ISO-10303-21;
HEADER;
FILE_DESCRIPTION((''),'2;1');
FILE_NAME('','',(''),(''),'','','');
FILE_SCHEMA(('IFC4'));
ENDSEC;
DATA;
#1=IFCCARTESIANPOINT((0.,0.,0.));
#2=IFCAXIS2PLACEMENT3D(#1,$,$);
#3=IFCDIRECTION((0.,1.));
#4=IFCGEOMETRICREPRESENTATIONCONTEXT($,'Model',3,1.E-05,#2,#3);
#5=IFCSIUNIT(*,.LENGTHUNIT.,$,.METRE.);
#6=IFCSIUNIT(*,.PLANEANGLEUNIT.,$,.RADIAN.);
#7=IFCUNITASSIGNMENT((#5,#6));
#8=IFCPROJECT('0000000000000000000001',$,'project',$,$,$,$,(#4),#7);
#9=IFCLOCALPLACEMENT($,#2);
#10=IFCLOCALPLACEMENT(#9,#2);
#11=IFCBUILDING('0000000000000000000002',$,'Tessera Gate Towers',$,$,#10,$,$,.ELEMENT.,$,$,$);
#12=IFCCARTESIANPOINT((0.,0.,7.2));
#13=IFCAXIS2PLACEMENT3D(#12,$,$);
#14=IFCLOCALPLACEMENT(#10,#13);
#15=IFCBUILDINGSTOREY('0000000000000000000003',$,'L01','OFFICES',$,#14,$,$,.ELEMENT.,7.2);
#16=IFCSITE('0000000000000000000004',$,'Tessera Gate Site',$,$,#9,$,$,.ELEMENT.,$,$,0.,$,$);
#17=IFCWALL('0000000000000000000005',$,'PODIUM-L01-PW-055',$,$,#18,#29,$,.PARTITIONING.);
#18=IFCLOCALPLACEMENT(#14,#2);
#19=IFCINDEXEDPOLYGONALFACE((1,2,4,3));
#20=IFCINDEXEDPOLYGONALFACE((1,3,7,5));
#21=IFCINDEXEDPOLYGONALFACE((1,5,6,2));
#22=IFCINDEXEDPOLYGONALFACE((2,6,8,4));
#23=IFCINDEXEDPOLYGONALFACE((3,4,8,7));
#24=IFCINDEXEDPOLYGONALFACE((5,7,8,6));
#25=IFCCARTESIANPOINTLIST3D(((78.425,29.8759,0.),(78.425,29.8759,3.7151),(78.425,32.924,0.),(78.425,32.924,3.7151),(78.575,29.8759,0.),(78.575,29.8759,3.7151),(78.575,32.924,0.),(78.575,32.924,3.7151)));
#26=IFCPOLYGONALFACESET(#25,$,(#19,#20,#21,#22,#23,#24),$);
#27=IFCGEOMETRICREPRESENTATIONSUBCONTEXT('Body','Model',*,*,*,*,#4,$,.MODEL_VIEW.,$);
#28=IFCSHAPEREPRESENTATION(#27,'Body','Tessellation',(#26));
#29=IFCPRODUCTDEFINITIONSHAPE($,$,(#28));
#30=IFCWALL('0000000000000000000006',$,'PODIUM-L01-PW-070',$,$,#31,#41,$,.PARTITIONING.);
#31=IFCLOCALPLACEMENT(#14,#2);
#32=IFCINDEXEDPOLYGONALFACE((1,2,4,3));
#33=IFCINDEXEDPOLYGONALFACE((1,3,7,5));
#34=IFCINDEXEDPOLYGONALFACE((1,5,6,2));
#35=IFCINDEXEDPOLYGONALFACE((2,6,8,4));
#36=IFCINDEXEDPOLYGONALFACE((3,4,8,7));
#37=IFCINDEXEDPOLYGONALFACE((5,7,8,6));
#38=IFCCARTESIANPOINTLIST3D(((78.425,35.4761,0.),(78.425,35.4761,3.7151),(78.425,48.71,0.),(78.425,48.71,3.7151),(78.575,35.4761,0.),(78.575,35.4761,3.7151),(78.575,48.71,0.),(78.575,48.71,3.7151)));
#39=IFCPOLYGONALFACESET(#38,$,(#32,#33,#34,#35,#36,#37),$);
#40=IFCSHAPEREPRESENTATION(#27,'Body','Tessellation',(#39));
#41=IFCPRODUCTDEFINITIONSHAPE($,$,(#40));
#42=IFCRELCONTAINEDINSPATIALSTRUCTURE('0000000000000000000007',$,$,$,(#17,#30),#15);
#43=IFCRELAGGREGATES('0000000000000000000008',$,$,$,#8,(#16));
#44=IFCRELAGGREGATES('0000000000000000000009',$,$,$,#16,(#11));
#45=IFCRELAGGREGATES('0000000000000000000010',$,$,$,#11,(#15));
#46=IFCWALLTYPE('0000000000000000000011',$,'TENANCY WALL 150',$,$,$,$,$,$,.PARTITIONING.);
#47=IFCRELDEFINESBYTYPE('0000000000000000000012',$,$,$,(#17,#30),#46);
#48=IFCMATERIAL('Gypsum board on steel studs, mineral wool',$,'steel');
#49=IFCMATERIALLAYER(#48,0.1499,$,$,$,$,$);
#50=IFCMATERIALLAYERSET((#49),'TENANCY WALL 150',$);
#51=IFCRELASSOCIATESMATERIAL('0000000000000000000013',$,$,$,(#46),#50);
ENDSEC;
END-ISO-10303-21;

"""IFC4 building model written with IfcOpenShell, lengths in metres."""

from ifc_helpers import new_model, si_unit, direction, frame, frame_2d, origin, place, context, subcontext, project, spatial, rectangle, extrude, material, layer, layer_set, type_object, element, save


model = new_model("IFC4")

# Units and contexts
model_context = context("Model", 3, precision=1e-05, world=origin(), true_north=direction((0.0, 1.0)))
body_context = subcontext(model_context, "Body", "Model", "MODEL_VIEW")
ifc_project = project(units=[si_unit("LENGTHUNIT", "METRE"), si_unit("PLANEANGLEUNIT", "RADIAN")], contexts=[model_context])

# Site, building, storey
site_placement = place(None, origin())
site = spatial("IfcSite", under=ifc_project, at=site_placement, Name="Tessera Gate Site", CompositionType="ELEMENT", RefElevation=0.0)
building_placement = place(site_placement, origin())
building = spatial("IfcBuilding", under=site, at=building_placement, Name="Tessera Gate Towers", CompositionType="ELEMENT")
storey_placement = place(building_placement, frame((0.0, 0.0, 7.2)))
storey = spatial("IfcBuildingStorey", under=building, at=storey_placement, Name="L01", Description="OFFICES", CompositionType="ELEMENT", Elevation=7.2)

# Shared definitions
ifc_material_1 = material(Name="Gypsum board on steel studs, mineral wool", Category="steel")
ifc_layer_1 = layer(ifc_material_1, 0.1499)
ifc_layer_set_1 = layer_set([ifc_layer_1], Name="TENANCY WALL 150")
wall_type_1 = type_object("IfcWallType", Name="TENANCY WALL 150", PredefinedType="PARTITIONING", material=ifc_layer_set_1)

# Walls
wall_1_placement = place(storey_placement, frame((78.5, 29.876, 0.0), z_axis=(0.0, 0.0, 1.0), x_axis=(0.0, 1.0, 0.0)))
element("IfcWall", 1, at=wall_1_placement, inside=storey, type_object=wall_type_1, Name="PODIUM-L01-PW-055", PredefinedType="PARTITIONING", context=body_context, shape_type="SweptSolid", body=[
    extrude(rectangle(XDim=3.0481, YDim=0.1499, at=frame_2d((1.5239, 0.0))), origin(), (0.0, 0.0, 1.0), 3.7151),
])
wall_2_placement = place(storey_placement, frame((78.5, 35.4761, 0.0), z_axis=(0.0, 0.0, 1.0), x_axis=(0.0, 1.0, 0.0)))
element("IfcWall", 2, at=wall_2_placement, inside=storey, type_object=wall_type_1, Name="PODIUM-L01-PW-070", PredefinedType="PARTITIONING", context=body_context, shape_type="SweptSolid", body=[
    extrude(rectangle(XDim=13.2339, YDim=0.1499, at=frame_2d((6.6169, 0.0))), origin(), (0.0, 0.0, 1.0), 3.7151),
])

save(model, "model.ifc")
